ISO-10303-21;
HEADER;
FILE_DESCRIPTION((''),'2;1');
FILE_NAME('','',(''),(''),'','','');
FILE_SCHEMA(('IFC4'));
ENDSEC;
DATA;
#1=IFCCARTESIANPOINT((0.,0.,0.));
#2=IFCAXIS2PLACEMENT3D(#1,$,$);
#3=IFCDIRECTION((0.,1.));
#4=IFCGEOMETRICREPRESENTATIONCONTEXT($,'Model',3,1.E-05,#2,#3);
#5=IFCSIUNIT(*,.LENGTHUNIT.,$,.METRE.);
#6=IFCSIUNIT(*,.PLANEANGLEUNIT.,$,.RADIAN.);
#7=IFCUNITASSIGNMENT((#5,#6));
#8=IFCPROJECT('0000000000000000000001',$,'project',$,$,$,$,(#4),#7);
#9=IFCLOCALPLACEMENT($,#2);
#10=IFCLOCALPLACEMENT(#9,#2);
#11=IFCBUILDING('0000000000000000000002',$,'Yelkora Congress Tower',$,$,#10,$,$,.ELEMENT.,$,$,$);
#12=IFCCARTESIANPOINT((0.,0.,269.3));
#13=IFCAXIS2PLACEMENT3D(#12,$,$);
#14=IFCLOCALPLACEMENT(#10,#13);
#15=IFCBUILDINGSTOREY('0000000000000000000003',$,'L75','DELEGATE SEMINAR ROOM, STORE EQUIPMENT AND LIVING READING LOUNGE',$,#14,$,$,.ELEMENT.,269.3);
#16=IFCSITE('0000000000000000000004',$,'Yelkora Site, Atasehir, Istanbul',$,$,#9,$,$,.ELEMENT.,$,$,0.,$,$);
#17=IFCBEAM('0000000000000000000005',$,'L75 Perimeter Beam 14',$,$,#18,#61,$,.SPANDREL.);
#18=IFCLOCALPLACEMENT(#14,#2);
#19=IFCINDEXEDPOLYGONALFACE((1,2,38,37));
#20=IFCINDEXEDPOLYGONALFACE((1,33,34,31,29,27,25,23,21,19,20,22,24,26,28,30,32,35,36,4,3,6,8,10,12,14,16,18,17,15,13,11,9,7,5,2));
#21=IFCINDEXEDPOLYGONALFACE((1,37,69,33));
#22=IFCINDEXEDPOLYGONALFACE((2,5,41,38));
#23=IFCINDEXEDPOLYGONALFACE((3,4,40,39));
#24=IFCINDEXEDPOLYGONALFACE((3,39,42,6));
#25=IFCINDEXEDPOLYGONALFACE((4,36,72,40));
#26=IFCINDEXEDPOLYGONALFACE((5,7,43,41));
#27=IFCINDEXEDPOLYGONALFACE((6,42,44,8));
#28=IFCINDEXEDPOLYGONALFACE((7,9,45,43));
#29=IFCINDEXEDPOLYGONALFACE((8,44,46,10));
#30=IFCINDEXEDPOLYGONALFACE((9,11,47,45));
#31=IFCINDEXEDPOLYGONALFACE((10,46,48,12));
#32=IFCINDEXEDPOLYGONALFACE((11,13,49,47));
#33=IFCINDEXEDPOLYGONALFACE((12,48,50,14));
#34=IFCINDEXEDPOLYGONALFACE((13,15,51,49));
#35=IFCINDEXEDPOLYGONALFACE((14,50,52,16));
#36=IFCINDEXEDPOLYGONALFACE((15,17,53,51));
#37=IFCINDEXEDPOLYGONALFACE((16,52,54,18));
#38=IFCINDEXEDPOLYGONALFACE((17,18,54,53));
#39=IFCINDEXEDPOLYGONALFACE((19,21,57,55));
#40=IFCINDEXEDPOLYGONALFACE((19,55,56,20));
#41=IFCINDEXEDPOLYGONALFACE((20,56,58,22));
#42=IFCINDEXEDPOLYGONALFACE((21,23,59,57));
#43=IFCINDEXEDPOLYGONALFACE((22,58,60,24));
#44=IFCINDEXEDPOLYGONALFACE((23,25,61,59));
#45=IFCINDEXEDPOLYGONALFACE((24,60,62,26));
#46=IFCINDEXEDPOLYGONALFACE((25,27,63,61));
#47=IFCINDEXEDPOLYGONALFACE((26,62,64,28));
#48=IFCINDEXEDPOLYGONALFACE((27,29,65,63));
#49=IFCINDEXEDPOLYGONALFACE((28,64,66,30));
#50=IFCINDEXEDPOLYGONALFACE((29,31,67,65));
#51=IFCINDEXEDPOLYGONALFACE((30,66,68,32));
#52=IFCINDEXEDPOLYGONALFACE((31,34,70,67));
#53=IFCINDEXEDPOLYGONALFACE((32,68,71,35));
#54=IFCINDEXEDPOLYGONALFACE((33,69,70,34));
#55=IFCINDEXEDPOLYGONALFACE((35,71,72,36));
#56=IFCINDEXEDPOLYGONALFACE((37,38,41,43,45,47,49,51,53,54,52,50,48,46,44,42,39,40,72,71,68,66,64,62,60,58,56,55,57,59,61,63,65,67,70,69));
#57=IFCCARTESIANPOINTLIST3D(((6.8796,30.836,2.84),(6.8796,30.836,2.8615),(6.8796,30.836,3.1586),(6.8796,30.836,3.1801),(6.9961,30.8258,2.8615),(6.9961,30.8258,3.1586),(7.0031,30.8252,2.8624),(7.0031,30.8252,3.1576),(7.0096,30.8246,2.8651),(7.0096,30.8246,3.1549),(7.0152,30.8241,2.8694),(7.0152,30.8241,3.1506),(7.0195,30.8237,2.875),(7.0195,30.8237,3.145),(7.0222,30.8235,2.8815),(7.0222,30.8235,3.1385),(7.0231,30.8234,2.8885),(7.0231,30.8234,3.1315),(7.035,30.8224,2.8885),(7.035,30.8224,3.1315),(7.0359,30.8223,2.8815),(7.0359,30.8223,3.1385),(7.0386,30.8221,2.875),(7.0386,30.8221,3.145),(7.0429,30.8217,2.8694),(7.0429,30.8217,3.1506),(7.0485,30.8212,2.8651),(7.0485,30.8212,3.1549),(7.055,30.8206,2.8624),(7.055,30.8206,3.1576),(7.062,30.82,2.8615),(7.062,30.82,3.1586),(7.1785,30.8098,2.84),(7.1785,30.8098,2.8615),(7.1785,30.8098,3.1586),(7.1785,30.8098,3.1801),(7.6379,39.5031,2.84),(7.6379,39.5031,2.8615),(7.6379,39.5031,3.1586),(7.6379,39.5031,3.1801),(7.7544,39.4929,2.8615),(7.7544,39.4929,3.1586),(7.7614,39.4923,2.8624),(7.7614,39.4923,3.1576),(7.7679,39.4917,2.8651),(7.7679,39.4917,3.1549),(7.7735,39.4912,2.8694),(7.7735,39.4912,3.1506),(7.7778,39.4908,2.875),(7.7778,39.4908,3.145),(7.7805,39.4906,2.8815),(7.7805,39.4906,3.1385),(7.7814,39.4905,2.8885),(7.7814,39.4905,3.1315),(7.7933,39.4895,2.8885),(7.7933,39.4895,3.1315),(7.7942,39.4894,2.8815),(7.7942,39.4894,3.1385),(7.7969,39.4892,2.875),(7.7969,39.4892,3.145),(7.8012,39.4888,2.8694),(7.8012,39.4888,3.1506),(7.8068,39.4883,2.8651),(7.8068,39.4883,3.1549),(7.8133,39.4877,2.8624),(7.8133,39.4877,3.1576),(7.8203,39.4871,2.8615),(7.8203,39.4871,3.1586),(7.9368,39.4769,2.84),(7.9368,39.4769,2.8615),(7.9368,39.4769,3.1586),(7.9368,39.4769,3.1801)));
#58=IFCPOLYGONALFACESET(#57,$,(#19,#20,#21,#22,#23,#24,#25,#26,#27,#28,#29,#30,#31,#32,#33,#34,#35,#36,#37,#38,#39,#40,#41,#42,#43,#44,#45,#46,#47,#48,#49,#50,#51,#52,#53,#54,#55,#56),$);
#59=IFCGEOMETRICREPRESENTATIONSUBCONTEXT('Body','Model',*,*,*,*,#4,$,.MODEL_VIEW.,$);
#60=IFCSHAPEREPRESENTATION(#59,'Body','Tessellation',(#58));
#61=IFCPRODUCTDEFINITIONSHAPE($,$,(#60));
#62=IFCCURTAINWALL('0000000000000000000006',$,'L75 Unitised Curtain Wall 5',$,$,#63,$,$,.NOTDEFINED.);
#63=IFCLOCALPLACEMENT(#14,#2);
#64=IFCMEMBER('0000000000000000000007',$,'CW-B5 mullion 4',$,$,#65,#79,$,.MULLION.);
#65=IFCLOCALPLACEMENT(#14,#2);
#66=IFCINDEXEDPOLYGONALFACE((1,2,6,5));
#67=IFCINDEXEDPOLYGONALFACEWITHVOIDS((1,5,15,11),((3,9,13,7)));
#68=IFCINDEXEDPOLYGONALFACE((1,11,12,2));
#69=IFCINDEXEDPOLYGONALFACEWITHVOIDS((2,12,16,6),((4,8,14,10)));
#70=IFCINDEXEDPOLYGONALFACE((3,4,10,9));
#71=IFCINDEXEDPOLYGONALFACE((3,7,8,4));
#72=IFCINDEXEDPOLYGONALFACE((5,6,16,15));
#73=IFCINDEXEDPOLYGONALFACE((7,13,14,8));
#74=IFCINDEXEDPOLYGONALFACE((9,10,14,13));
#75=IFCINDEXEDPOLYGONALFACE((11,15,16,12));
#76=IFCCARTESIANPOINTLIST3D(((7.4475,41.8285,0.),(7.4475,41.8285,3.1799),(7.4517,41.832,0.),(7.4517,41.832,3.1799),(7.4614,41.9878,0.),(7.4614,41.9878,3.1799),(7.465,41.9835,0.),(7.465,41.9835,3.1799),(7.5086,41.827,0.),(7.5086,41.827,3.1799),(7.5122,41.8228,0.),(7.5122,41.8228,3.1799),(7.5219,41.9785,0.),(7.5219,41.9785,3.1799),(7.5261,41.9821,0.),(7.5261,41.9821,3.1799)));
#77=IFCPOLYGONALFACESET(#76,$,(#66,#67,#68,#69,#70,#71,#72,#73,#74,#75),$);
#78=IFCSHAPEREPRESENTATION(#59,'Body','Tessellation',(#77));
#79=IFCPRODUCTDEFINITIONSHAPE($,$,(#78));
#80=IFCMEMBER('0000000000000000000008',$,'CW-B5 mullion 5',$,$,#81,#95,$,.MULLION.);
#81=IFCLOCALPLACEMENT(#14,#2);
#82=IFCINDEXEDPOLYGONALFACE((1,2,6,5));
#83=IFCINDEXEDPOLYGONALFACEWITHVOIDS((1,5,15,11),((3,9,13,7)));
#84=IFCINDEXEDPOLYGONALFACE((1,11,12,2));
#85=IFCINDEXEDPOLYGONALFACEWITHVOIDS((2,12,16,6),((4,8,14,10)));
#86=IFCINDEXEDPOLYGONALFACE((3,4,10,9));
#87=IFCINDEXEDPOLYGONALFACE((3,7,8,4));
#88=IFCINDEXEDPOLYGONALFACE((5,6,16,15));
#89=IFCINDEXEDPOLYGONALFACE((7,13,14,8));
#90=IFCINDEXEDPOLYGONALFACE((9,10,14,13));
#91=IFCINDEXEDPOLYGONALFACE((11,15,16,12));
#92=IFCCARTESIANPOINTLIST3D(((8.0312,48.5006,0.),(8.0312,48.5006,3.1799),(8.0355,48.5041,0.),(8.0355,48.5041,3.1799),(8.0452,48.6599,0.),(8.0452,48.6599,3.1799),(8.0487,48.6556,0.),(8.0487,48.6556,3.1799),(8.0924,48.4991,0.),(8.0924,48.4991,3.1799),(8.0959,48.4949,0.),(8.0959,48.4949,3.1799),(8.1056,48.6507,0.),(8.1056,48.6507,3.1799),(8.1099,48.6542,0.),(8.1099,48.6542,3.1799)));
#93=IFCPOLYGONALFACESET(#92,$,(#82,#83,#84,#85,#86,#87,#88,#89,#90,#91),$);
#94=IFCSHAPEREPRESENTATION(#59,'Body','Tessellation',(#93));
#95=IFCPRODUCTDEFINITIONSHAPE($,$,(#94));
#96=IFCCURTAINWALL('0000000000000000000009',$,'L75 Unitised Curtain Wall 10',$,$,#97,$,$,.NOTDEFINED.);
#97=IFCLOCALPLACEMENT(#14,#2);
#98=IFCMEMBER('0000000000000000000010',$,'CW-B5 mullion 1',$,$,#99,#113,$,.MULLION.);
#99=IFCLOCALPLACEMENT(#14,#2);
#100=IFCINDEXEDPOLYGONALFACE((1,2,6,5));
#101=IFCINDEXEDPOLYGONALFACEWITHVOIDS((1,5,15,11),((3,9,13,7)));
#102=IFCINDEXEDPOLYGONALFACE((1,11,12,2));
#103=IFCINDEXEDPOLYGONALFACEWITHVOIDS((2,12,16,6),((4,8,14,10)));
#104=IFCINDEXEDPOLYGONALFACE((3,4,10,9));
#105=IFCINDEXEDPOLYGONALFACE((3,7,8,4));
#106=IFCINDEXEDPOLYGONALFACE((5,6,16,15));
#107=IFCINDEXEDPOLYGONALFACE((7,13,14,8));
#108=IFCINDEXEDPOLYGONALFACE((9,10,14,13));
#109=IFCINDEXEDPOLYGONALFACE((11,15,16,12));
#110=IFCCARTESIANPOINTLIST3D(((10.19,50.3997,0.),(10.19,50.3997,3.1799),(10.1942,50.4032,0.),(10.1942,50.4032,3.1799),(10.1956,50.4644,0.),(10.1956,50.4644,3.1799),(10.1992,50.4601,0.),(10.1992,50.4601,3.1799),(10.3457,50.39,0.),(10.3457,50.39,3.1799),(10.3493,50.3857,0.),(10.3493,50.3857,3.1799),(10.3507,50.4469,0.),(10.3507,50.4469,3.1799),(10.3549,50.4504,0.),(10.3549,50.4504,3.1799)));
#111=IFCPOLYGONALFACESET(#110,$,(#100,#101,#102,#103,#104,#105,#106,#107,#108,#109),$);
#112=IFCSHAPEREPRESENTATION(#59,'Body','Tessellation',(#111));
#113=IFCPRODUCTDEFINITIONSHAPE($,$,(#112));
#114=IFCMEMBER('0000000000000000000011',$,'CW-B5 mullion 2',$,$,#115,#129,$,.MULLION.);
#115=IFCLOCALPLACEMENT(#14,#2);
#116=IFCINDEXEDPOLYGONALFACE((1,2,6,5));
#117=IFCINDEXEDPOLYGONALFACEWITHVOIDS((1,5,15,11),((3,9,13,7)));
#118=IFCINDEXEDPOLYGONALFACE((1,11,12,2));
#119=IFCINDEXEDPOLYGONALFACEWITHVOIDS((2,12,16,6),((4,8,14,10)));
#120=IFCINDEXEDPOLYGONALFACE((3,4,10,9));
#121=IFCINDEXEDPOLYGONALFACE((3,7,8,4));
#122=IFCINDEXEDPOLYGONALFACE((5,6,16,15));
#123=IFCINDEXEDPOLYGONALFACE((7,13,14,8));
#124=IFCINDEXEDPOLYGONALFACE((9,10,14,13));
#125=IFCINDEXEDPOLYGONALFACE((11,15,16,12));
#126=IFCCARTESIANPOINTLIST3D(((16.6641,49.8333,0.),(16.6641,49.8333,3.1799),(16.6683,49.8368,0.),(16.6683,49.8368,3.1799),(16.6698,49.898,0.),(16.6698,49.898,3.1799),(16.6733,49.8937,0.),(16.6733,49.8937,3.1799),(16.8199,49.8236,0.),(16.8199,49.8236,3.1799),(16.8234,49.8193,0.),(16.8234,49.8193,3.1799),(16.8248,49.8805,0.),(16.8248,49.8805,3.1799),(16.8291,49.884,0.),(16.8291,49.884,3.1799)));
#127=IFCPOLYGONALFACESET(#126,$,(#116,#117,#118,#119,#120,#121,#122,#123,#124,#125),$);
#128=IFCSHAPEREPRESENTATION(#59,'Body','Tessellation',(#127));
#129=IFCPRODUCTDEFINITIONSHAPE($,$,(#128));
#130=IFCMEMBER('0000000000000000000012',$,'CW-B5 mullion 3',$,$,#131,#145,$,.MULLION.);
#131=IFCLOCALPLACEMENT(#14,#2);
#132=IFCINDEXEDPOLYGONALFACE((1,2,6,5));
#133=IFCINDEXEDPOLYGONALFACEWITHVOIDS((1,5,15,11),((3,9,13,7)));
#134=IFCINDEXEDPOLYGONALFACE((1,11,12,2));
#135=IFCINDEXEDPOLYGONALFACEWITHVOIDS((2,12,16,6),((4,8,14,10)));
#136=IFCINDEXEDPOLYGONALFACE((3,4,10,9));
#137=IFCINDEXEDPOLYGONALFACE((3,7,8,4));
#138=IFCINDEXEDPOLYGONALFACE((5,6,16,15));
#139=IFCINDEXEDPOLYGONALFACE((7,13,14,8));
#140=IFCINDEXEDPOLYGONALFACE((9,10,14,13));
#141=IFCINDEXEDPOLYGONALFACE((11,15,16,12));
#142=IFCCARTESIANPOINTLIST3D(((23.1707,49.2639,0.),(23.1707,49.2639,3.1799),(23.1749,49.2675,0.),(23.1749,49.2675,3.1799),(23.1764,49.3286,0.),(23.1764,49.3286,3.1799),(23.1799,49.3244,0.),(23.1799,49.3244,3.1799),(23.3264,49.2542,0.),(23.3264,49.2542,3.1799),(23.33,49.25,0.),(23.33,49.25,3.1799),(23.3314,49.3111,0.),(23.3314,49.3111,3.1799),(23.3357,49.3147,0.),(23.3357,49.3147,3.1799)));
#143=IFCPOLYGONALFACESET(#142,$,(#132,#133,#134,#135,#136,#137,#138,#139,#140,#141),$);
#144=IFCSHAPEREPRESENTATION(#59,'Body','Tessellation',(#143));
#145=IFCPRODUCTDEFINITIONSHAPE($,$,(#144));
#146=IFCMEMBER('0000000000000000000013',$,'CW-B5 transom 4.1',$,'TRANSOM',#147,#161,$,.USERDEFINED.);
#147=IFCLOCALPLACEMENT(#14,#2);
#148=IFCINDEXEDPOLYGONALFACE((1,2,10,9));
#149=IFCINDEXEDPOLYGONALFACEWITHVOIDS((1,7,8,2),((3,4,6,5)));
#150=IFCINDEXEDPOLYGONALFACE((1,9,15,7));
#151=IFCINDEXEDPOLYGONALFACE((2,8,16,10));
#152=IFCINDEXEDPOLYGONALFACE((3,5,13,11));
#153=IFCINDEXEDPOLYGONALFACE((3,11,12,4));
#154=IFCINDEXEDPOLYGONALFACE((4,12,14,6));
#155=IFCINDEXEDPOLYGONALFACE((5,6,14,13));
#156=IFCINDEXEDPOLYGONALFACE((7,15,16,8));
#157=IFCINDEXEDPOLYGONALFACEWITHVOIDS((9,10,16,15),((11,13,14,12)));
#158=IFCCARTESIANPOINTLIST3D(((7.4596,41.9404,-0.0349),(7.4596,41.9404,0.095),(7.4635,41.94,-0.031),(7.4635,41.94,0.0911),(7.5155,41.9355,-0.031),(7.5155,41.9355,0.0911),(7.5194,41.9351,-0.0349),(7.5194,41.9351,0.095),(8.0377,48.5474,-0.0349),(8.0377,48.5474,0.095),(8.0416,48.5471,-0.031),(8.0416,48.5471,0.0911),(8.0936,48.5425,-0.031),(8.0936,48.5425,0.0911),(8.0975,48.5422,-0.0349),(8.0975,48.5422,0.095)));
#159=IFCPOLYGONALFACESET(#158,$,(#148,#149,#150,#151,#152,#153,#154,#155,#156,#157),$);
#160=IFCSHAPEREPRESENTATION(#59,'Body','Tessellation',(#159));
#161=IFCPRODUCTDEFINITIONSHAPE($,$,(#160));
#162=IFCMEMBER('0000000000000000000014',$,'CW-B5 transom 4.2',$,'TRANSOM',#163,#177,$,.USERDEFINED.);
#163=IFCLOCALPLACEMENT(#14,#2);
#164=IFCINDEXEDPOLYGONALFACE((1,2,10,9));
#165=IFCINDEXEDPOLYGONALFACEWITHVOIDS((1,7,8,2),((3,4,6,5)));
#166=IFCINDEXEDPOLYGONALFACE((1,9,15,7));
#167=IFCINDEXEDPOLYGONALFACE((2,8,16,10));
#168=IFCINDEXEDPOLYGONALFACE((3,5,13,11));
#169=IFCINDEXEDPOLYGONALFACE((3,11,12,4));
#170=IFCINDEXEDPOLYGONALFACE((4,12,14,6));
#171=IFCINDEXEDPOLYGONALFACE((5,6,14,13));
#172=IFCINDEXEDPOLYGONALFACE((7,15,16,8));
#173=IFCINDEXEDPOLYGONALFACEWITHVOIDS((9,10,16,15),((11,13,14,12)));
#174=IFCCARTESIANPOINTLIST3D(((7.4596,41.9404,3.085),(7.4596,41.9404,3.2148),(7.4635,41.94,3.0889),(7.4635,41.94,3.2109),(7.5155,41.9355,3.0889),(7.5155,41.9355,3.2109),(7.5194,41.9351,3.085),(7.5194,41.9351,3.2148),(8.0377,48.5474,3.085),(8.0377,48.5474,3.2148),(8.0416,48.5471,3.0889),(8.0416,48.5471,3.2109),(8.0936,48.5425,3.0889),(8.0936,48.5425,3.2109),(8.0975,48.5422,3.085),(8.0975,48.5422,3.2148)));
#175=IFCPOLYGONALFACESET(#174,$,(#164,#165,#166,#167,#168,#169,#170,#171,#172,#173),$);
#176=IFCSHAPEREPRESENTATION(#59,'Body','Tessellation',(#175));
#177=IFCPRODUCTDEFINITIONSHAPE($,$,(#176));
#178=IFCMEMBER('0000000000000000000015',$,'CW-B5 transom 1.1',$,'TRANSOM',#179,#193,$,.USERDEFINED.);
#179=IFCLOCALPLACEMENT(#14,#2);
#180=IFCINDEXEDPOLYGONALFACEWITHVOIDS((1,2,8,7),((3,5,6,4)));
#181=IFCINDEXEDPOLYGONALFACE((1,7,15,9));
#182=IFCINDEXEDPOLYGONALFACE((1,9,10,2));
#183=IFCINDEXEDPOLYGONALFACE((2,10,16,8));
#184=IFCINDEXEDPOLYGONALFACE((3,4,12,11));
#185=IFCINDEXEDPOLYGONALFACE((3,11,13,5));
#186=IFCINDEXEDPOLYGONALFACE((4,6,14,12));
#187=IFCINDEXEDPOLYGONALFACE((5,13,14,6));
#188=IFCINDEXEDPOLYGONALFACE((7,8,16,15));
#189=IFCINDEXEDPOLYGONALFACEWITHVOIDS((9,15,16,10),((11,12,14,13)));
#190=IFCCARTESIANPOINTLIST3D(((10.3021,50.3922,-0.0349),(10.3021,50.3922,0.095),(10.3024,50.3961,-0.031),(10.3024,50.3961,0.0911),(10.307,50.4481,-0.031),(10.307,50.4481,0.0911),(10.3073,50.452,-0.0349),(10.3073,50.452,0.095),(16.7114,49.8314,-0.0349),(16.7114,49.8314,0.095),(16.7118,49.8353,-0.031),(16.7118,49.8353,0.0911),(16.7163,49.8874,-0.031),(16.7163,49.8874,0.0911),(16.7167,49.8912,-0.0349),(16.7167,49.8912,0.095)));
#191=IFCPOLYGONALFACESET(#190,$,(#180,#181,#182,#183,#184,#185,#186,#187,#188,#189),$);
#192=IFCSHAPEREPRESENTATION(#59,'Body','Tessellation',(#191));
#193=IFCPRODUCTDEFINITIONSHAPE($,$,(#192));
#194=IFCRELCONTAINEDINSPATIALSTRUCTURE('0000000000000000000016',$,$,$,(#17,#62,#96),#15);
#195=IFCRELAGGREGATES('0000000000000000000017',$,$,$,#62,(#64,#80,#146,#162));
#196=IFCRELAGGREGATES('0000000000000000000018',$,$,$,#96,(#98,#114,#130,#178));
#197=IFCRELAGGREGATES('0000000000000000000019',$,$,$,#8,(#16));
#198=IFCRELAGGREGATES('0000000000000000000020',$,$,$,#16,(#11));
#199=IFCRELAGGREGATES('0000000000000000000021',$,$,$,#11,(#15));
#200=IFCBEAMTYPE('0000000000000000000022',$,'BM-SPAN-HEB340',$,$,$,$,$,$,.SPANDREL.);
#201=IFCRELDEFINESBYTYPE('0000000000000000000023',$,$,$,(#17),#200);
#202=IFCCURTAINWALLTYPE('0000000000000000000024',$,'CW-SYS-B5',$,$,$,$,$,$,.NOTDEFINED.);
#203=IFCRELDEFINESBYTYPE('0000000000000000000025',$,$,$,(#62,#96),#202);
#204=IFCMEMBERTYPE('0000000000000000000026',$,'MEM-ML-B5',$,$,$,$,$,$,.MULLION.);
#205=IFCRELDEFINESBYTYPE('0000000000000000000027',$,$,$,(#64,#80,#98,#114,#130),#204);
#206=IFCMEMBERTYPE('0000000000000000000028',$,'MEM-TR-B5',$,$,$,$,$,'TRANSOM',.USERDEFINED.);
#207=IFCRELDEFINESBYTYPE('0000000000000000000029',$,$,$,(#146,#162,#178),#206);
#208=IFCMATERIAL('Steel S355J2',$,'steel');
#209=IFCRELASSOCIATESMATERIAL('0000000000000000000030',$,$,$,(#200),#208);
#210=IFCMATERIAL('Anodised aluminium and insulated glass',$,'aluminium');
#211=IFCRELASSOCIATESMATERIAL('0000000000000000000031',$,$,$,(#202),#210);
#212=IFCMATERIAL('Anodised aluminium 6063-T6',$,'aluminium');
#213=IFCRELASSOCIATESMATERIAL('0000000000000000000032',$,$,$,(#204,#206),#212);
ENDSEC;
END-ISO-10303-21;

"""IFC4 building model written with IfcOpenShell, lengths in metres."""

from ifc_helpers import new_model, si_unit, direction, frame, origin, origin_2d, place, context, subcontext, project, spatial, hollow_rectangle, i_section, extrude, material, material_profile, profile_set, type_object, element, aggregate, save


model = new_model("IFC4")

# Units and contexts
model_context = context("Model", 3, precision=1e-05, world=origin(), true_north=direction((0.0, 1.0)))
body_context = subcontext(model_context, "Body", "Model", "MODEL_VIEW")
ifc_project = project(units=[si_unit("LENGTHUNIT", "METRE"), si_unit("PLANEANGLEUNIT", "RADIAN")], contexts=[model_context])

# Site, building, storey
site_placement = place(None, origin())
site = spatial("IfcSite", under=ifc_project, at=site_placement, Name="Yelkora Site, Atasehir, Istanbul", CompositionType="ELEMENT", RefElevation=0.0)
building_placement = place(site_placement, origin())
building = spatial("IfcBuilding", under=site, at=building_placement, Name="Yelkora Congress Tower", CompositionType="ELEMENT")
storey_placement = place(building_placement, frame((0.0, 0.0, 269.3)))
storey = spatial("IfcBuildingStorey", under=building, at=storey_placement, Name="L75", Description="DELEGATE SEMINAR ROOM, STORE EQUIPMENT AND LIVING READING LOUNGE", CompositionType="ELEMENT", Elevation=269.3)

# Shared definitions
ifc_material_1 = material(Name="Steel S355J2", Category="steel")

# Beam
ifc_material_profile_1 = material_profile(ifc_material_1, i_section(OverallWidth=0.3, OverallDepth=0.3401, WebThickness=0.012, FlangeThickness=0.0215, FilletRadius=0.0271, at=origin_2d()), Name="HEB 340")
ifc_profile_set_1 = profile_set([ifc_material_profile_1], Name="Steel S355J2")
beam_type_1 = type_object("IfcBeamType", Name="BM-SPAN-HEB340", PredefinedType="SPANDREL", material=ifc_profile_set_1)
beam_1_placement = place(storey_placement, frame((7.7874, 39.49, 3.01), z_axis=(-0.08716, -0.996194, 0.0), x_axis=(0.996194, -0.08716, 0.0)))
element("IfcBeam", 1, at=beam_1_placement, inside=storey, type_object=beam_type_1, Name="L75 Perimeter Beam 14", PredefinedType="SPANDREL", context=body_context, shape_type="SweptSolid", body=[
    extrude(i_section(OverallWidth=0.3, OverallDepth=0.3401, WebThickness=0.012, FlangeThickness=0.0215, FilletRadius=0.0271, at=origin_2d()), origin(), (0.0, 0.0, 1.0), 8.7002),
])

# Curtain walls, members
ifc_material_2 = material(Name="Anodised aluminium and insulated glass", Category="aluminium")
curtain_wall_type = type_object("IfcCurtainWallType", Name="CW-SYS-B5", PredefinedType="NOTDEFINED", material=ifc_material_2)
curtain_wall_1_placement = place(storey_placement, origin())
curtain_wall_1 = element("IfcCurtainWall", 2, at=curtain_wall_1_placement, inside=storey, type_object=curtain_wall_type, Name="L75 Unitised Curtain Wall 5", PredefinedType="NOTDEFINED")
ifc_material_3 = material(Name="Anodised aluminium 6063-T6", Category="aluminium")
ifc_material_profile_2 = material_profile(ifc_material_3, hollow_rectangle(XDim=0.0649, YDim=0.1599, WallThickness=0.0039, at=origin_2d()), Name="ALU 65x160x4")
ifc_profile_set_2 = profile_set([ifc_material_profile_2], Name="Anodised aluminium 6063-T6")
member_type_1 = type_object("IfcMemberType", Name="MEM-ML-B5", PredefinedType="MULLION", material=ifc_profile_set_2)
member_1_placement = place(storey_placement, frame((7.4868, 41.9053, 0.0), z_axis=(0.0, 0.0, 1.0), x_axis=(-0.996195, 0.087155, 0.0)))
member_1 = element("IfcMember", 3, at=member_1_placement, type_object=member_type_1, Name="CW-B5 mullion 4", PredefinedType="MULLION", context=body_context, shape_type="SweptSolid", body=[
    extrude(hollow_rectangle(XDim=0.0649, YDim=0.1599, WallThickness=0.0039, at=origin_2d()), origin(), (0.0, 0.0, 1.0), 3.1799),
])
member_2_placement = place(storey_placement, frame((8.0706, 48.5774, 0.0), z_axis=(0.0, 0.0, 1.0), x_axis=(-0.996195, 0.087155, 0.0)))
member_2 = element("IfcMember", 4, at=member_2_placement, type_object=member_type_1, Name="CW-B5 mullion 5", PredefinedType="MULLION", context=body_context, shape_type="SweptSolid", body=[
    extrude(hollow_rectangle(XDim=0.0649, YDim=0.1599, WallThickness=0.0039, at=origin_2d()), origin(), (0.0, 0.0, 1.0), 3.1799),
])
curtain_wall_2_placement = place(storey_placement, origin())
curtain_wall_2 = element("IfcCurtainWall", 5, at=curtain_wall_2_placement, inside=storey, type_object=curtain_wall_type, Name="L75 Unitised Curtain Wall 10", PredefinedType="NOTDEFINED")
member_3_placement = place(storey_placement, frame((10.2725, 50.425, 0.0), z_axis=(0.0, 0.0, 1.0), x_axis=(0.087157, 0.996195, 0.0)))
member_3 = element("IfcMember", 6, at=member_3_placement, type_object=member_type_1, Name="CW-B5 mullion 1", PredefinedType="MULLION", context=body_context, shape_type="SweptSolid", body=[
    extrude(hollow_rectangle(XDim=0.0649, YDim=0.1599, WallThickness=0.0039, at=origin_2d()), origin(), (0.0, 0.0, 1.0), 3.1799),
])
member_4_placement = place(storey_placement, frame((16.7466, 49.8586, 0.0), z_axis=(0.0, 0.0, 1.0), x_axis=(0.087157, 0.996195, 0.0)))
member_4 = element("IfcMember", 7, at=member_4_placement, type_object=member_type_1, Name="CW-B5 mullion 2", PredefinedType="MULLION", context=body_context, shape_type="SweptSolid", body=[
    extrude(hollow_rectangle(XDim=0.0649, YDim=0.1599, WallThickness=0.0039, at=origin_2d()), origin(), (0.0, 0.0, 1.0), 3.1799),
])
member_5_placement = place(storey_placement, frame((23.2532, 49.2893, 0.0), z_axis=(0.0, 0.0, 1.0), x_axis=(0.087157, 0.996195, 0.0)))
member_5 = element("IfcMember", 8, at=member_5_placement, type_object=member_type_1, Name="CW-B5 mullion 3", PredefinedType="MULLION", context=body_context, shape_type="SweptSolid", body=[
    extrude(hollow_rectangle(XDim=0.0649, YDim=0.1599, WallThickness=0.0039, at=origin_2d()), origin(), (0.0, 0.0, 1.0), 3.1799),
])

# Members
ifc_material_profile_3 = material_profile(ifc_material_3, hollow_rectangle(XDim=0.0601, YDim=0.1299, WallThickness=0.0039, at=origin_2d()), Name="ALU 60x130x4")
ifc_profile_set_3 = profile_set([ifc_material_profile_3], Name="Anodised aluminium 6063-T6")
member_type_2 = type_object("IfcMemberType", Name="MEM-TR-B5", ElementType="TRANSOM", PredefinedType="USERDEFINED", material=ifc_profile_set_3)
member_6_placement = place(storey_placement, frame((7.4895, 41.9377, 0.03), z_axis=(0.087166, 0.996194, 0.0), x_axis=(-0.996194, 0.087166, 0.0)))
member_6 = element("IfcMember", 9, at=member_6_placement, type_object=member_type_2, Name="CW-B5 transom 4.1", ObjectType="TRANSOM", PredefinedType="USERDEFINED", context=body_context, shape_type="SweptSolid", body=[
    extrude(hollow_rectangle(XDim=0.0601, YDim=0.1299, WallThickness=0.0039, at=origin_2d()), origin(), (0.0, 0.0, 1.0), 6.6323),
])
member_7_placement = place(storey_placement, frame((7.4895, 41.9377, 3.1499), z_axis=(0.087166, 0.996194, 0.0), x_axis=(-0.996194, 0.087166, 0.0)))
member_7 = element("IfcMember", 10, at=member_7_placement, type_object=member_type_2, Name="CW-B5 transom 4.2", ObjectType="TRANSOM", PredefinedType="USERDEFINED", context=body_context, shape_type="SweptSolid", body=[
    extrude(hollow_rectangle(XDim=0.0601, YDim=0.1299, WallThickness=0.0039, at=origin_2d()), origin(), (0.0, 0.0, 1.0), 6.6323),
])
member_8_placement = place(storey_placement, frame((10.3047, 50.4221, 0.03), z_axis=(0.996194, -0.087162, 0.0), x_axis=(0.087162, 0.996194, 0.0)))
member_8 = element("IfcMember", 11, at=member_8_placement, type_object=member_type_2, Name="CW-B5 transom 1.1", ObjectType="TRANSOM", PredefinedType="USERDEFINED", context=body_context, shape_type="SweptSolid", body=[
    extrude(hollow_rectangle(XDim=0.0601, YDim=0.1299, WallThickness=0.0039, at=origin_2d()), origin(), (0.0, 0.0, 1.0), 6.4338),
])

aggregate(curtain_wall_1, [member_1, member_2, member_6, member_7])
aggregate(curtain_wall_2, [member_3, member_4, member_5, member_8])

save(model, "model.ifc")
